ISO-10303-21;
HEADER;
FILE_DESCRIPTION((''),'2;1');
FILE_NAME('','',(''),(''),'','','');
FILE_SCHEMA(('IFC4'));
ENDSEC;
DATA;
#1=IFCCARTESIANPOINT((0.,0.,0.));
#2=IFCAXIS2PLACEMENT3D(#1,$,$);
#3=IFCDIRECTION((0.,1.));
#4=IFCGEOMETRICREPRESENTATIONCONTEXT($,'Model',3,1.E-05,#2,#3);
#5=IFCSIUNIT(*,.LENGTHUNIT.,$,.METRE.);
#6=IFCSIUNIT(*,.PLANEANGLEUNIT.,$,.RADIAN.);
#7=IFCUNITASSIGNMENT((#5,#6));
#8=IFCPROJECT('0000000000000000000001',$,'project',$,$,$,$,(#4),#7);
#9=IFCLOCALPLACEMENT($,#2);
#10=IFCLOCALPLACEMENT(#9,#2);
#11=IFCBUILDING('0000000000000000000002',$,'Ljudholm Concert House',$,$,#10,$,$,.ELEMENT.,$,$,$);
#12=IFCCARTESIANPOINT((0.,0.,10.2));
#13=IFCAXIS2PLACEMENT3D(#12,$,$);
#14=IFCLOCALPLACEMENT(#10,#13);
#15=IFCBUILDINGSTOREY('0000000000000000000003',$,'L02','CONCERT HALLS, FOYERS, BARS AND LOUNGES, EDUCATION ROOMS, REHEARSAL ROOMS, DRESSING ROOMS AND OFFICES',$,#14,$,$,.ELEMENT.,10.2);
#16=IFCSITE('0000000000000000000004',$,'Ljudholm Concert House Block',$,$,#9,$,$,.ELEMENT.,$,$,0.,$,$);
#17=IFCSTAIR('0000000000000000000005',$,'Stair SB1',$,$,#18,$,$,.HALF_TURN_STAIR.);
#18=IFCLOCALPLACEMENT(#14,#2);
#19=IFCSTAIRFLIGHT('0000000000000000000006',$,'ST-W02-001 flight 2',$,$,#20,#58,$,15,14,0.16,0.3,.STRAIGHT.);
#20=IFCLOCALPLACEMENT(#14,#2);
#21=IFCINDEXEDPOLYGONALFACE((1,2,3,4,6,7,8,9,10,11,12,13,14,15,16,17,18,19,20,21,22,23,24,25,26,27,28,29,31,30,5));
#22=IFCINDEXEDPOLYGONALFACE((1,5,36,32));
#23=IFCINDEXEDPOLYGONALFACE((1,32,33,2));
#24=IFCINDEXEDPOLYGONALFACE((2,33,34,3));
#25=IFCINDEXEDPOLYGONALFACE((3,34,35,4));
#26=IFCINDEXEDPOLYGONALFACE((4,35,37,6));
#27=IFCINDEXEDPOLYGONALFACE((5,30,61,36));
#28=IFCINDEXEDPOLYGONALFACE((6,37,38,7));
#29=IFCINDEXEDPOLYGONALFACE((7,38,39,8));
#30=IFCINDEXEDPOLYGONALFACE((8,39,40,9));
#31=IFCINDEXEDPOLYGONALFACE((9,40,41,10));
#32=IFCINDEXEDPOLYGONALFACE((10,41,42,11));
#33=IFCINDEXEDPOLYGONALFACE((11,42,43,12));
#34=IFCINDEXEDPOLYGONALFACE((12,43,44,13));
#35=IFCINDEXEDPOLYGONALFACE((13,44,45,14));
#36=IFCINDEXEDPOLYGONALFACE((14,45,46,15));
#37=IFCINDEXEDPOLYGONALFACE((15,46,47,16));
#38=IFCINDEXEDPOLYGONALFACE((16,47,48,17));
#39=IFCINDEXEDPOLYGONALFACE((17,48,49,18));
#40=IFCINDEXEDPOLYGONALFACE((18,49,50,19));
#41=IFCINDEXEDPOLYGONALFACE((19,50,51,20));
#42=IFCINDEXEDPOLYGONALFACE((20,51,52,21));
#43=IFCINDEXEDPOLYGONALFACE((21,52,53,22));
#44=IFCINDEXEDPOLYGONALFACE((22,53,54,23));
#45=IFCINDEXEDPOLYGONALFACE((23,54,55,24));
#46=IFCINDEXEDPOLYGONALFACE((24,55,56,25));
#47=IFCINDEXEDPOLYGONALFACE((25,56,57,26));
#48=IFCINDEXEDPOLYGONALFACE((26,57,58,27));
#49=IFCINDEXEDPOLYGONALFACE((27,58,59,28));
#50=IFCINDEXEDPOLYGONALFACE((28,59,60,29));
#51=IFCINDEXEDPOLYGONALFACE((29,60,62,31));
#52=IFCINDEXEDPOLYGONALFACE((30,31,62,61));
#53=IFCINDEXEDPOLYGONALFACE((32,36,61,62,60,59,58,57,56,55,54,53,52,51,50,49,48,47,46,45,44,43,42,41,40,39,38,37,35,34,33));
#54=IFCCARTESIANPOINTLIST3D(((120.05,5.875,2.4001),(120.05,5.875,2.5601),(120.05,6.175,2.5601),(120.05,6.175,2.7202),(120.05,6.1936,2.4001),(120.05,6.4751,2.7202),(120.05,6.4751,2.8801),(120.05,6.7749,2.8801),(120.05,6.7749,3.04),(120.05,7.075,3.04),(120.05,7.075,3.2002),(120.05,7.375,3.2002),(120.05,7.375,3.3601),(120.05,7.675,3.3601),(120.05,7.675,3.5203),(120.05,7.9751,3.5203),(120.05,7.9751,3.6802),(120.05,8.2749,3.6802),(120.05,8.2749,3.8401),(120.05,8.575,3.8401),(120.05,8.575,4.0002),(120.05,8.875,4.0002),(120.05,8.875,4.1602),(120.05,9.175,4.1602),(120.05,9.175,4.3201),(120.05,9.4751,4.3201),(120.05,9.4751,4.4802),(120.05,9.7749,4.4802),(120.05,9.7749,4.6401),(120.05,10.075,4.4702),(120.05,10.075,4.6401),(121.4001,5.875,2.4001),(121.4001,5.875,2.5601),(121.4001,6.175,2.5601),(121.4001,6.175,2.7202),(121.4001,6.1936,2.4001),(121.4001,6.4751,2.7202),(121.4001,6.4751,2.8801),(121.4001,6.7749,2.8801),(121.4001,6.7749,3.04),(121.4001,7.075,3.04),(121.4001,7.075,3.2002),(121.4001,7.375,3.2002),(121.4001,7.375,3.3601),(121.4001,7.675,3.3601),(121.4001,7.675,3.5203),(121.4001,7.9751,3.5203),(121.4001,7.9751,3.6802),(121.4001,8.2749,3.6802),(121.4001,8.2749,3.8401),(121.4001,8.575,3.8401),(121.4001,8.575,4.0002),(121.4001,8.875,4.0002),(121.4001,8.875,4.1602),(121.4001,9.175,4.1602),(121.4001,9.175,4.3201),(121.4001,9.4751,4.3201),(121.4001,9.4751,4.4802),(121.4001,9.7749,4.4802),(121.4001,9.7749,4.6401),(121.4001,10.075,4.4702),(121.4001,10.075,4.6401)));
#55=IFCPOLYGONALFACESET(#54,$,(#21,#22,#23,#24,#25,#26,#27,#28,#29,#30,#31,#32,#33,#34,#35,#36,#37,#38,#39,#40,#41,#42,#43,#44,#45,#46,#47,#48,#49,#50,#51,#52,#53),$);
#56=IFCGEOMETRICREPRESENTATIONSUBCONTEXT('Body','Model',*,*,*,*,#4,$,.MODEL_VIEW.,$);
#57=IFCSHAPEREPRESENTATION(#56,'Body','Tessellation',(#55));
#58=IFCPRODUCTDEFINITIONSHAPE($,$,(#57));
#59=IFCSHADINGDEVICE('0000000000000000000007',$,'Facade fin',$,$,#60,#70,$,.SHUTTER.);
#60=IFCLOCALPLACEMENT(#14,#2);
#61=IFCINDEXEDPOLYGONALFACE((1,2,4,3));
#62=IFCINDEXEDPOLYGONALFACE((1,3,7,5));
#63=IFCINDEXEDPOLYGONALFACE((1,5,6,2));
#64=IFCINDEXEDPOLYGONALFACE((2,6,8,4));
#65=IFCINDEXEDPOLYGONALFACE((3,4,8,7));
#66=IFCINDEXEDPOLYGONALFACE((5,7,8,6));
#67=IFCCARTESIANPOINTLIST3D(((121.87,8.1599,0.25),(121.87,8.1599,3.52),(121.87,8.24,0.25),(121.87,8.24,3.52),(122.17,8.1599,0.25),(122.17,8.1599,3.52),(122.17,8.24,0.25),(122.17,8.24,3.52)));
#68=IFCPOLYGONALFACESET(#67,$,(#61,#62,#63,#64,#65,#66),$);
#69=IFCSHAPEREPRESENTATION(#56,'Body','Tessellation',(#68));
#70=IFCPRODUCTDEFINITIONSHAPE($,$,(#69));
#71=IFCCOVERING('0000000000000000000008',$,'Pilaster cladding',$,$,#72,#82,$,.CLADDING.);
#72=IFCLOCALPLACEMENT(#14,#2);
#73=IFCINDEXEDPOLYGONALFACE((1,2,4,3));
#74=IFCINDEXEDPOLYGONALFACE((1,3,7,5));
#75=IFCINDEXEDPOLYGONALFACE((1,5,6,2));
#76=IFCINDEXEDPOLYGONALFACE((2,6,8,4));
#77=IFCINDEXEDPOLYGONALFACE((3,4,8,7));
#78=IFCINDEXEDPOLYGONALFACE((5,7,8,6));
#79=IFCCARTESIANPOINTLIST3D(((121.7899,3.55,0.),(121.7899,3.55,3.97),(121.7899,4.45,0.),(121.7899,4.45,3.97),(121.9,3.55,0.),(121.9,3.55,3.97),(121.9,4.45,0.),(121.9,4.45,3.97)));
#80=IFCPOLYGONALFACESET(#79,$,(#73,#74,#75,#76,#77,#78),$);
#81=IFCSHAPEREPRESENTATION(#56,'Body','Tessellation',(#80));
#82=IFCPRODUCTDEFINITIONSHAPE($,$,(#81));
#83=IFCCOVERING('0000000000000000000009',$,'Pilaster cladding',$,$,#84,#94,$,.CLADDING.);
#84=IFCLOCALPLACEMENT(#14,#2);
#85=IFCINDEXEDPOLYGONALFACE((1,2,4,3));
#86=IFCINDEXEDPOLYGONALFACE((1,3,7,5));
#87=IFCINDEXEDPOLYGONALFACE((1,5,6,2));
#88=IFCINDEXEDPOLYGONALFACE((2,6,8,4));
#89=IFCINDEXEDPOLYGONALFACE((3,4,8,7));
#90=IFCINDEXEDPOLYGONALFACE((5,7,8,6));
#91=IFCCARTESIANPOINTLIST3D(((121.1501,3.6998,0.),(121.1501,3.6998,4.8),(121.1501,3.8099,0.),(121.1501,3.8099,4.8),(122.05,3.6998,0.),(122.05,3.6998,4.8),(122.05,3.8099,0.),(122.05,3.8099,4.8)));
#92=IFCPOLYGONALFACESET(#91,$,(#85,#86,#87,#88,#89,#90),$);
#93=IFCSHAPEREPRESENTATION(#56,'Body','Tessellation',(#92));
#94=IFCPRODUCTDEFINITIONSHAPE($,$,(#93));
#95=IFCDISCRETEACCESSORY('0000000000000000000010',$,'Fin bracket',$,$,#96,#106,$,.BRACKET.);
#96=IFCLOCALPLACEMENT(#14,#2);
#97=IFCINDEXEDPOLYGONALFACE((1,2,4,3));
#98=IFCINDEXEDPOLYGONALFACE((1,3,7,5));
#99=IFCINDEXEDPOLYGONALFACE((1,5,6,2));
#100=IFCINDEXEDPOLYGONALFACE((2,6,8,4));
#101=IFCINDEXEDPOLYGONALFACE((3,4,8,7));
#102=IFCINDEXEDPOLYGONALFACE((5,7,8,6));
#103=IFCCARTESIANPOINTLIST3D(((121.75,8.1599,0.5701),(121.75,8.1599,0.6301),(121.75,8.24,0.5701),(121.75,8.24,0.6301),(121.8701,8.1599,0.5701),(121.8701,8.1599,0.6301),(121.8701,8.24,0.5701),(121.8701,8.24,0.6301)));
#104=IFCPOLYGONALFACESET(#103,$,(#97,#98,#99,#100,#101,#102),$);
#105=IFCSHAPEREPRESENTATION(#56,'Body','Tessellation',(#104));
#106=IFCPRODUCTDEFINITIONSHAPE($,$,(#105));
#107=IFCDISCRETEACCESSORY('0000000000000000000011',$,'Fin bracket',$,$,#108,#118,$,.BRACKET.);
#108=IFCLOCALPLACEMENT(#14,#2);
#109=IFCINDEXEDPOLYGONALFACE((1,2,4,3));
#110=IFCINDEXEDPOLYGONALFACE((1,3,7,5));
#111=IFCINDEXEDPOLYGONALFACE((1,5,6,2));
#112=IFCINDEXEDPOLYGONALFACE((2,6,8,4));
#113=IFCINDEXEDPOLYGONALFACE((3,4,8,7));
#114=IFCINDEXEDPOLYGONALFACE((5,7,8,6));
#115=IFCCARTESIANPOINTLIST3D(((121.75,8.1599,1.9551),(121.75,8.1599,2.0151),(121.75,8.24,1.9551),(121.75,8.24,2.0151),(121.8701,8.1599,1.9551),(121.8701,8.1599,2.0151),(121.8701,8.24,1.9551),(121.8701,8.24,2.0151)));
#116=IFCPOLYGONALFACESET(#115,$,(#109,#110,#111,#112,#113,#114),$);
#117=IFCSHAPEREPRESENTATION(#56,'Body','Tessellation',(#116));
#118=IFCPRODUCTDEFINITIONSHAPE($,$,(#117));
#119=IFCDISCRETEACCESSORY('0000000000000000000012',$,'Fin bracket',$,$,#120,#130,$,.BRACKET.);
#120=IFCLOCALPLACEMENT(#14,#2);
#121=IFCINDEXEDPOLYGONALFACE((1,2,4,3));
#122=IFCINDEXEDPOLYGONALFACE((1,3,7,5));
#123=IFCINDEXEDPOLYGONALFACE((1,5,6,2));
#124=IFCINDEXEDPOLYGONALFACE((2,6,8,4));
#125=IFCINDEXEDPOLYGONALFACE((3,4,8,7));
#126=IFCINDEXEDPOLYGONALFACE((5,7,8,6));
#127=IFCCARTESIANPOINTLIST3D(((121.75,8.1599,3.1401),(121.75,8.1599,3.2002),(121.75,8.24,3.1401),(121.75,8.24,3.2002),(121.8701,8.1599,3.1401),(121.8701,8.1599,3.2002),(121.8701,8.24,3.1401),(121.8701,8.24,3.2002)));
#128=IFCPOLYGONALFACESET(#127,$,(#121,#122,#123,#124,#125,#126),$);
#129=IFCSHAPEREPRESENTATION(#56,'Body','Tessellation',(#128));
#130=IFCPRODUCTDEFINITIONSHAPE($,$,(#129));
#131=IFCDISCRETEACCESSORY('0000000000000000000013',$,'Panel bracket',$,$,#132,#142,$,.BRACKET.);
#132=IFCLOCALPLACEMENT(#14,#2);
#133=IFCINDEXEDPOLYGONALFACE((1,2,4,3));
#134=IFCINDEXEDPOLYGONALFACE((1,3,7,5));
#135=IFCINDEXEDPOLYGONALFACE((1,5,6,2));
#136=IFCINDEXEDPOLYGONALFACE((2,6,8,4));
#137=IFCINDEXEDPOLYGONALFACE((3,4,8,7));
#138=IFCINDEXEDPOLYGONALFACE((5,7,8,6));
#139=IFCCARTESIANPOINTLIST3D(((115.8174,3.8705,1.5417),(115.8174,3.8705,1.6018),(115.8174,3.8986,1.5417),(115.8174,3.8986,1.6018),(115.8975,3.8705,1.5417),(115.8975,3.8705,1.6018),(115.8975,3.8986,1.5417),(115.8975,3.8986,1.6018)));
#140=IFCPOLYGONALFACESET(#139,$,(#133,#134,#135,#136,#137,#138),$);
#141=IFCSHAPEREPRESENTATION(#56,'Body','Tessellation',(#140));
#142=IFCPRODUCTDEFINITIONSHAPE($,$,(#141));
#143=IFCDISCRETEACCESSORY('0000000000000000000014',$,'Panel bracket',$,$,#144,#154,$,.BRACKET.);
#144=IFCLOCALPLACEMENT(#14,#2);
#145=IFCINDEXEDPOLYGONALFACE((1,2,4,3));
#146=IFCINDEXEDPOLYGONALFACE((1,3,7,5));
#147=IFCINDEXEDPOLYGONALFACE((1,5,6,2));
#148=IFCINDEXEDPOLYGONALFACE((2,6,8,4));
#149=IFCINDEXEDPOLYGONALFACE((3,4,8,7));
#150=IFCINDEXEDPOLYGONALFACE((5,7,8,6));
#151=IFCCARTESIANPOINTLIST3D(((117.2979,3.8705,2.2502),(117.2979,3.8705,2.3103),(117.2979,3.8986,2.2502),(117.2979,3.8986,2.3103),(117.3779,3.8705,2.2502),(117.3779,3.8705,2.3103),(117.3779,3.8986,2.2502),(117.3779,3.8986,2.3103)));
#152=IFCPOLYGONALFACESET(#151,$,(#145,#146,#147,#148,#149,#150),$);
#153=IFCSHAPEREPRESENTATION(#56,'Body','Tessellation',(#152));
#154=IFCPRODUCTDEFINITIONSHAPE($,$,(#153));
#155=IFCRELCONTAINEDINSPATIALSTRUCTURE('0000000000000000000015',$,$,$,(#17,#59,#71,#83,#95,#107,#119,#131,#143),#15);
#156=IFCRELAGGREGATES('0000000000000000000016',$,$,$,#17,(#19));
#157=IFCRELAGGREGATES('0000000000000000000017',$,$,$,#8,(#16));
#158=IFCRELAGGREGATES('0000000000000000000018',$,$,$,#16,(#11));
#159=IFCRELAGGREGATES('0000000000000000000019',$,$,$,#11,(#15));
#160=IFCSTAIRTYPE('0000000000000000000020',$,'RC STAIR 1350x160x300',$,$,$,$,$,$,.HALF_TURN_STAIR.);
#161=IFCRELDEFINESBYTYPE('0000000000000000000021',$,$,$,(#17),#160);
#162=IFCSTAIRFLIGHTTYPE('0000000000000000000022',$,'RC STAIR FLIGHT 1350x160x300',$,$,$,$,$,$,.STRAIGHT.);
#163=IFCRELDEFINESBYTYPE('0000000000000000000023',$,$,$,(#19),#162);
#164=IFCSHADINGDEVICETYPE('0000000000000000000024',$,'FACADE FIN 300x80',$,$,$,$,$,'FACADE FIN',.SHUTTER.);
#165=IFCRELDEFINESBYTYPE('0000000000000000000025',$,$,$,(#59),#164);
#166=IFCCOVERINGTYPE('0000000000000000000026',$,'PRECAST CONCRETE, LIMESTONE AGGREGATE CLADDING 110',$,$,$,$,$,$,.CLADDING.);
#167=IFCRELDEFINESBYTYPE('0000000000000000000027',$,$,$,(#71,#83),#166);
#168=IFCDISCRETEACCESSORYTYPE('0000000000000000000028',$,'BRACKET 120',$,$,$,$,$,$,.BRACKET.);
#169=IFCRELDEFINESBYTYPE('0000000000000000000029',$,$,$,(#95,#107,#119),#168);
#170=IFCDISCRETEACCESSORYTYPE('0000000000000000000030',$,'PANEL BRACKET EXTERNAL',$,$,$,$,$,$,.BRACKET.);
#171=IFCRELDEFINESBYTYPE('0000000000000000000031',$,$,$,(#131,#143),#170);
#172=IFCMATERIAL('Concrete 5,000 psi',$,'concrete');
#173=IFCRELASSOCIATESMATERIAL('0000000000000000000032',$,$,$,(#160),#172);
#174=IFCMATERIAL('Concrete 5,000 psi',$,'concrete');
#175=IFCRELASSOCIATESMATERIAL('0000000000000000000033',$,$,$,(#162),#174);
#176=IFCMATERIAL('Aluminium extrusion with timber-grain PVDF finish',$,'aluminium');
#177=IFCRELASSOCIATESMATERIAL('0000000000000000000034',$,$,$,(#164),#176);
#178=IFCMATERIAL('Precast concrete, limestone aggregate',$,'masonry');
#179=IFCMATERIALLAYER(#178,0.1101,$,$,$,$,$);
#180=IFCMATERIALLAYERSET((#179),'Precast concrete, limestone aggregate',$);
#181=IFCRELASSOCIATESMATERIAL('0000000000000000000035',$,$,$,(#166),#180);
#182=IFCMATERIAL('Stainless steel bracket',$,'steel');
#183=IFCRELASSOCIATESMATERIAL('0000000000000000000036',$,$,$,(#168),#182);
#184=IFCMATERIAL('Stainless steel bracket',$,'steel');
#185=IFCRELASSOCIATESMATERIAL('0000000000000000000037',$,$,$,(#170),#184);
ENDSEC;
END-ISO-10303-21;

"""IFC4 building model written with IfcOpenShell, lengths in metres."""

from ifc_helpers import new_model, si_unit, direction, frame, origin, origin_2d, place, context, subcontext, project, spatial, polyline, rectangle, outline, extrude, material, layer, layer_set, type_object, element, aggregate, save


model = new_model("IFC4")

# Units and contexts
model_context = context("Model", 3, precision=1e-05, world=origin(), true_north=direction((0.0, 1.0)))
body_context = subcontext(model_context, "Body", "Model", "MODEL_VIEW")
ifc_project = project(units=[si_unit("LENGTHUNIT", "METRE"), si_unit("PLANEANGLEUNIT", "RADIAN")], contexts=[model_context])

# Site, building, storey
site_placement = place(None, origin())
site = spatial("IfcSite", under=ifc_project, at=site_placement, Name="Ljudholm Concert House Block", CompositionType="ELEMENT", RefElevation=0.0)
building_placement = place(site_placement, origin())
building = spatial("IfcBuilding", under=site, at=building_placement, Name="Ljudholm Concert House", CompositionType="ELEMENT")
storey_placement = place(building_placement, frame((0.0, 0.0, 10.2)))
storey = spatial("IfcBuildingStorey", under=building, at=storey_placement, Name="L02", Description="CONCERT HALLS, FOYERS, BARS AND LOUNGES, EDUCATION ROOMS, REHEARSAL ROOMS, DRESSING ROOMS AND OFFICES", CompositionType="ELEMENT", Elevation=10.2)

# Stair, stair flight
ifc_material_1 = material(Name="Concrete 5,000 psi", Category="concrete")
stair_type = type_object("IfcStairType", Name="RC STAIR 1350x160x300", PredefinedType="HALF_TURN_STAIR", material=ifc_material_1)
stair_placement = place(storey_placement, origin())
stair = element("IfcStair", 1, at=stair_placement, inside=storey, type_object=stair_type, Name="Stair SB1", PredefinedType="HALF_TURN_STAIR")
ifc_material_2 = material(Name="Concrete 5,000 psi", Category="concrete")
stair_flight_type = type_object("IfcStairFlightType", Name="RC STAIR FLIGHT 1350x160x300", PredefinedType="STRAIGHT", material=ifc_material_2)
stair_flight_1_placement = place(storey_placement, frame((120.7251, 5.875, 2.4001), z_axis=(0.0, 0.0, 1.0), x_axis=(0.0, 1.0, 0.0)))
stair_flight_1 = element("IfcStairFlight", 2, at=stair_flight_1_placement, type_object=stair_flight_type, Name="ST-W02-001 flight 2", NumberOfRisers=15, NumberOfTreads=14, PredefinedType="STRAIGHT", RiserHeight=0.16, TreadLength=0.3, context=body_context, shape_type="SweptSolid", body=[
    extrude(outline(polyline([(0.0, 0.0), (0.0, 0.1599), (0.3, 0.1599), (0.3, 0.3201), (0.6001, 0.3201), (0.6001, 0.48), (0.8999, 0.48), (0.8999, 0.6399), (1.2, 0.6399), (1.2, 0.8), (1.5, 0.8), (1.5, 0.96), (1.8, 0.96), (1.8, 1.1201), (2.1001, 1.1201), (2.1001, 1.28), (2.3999, 1.28), (2.3999, 1.4399), (2.7, 1.4399), (2.7, 1.6001), (3.0, 1.6001), (3.0, 1.76), (3.3, 1.76), (3.3, 1.9199), (3.6001, 1.9199), (3.6001, 2.0801), (3.8999, 2.0801), (3.8999, 2.24), (4.2, 2.24), (4.2, 2.3999), (4.2, 2.0701), (0.3186, 0.0), (0.0, 0.0)])), frame((0.0, 0.675, 0.0), z_axis=(0.0, -1.0, 0.0), x_axis=(1.0, 0.0, 0.0)), (0.0, 0.0, 1.0), 1.3501),
])
aggregate(stair, [stair_flight_1])

# Shading device
ifc_material_3 = material(Name="Aluminium extrusion with timber-grain PVDF finish", Category="aluminium")
shading_device_type = type_object("IfcShadingDeviceType", Name="FACADE FIN 300x80", ElementType="FACADE FIN", PredefinedType="SHUTTER", material=ifc_material_3)
shading_device_placement = place(storey_placement, frame((122.02, 8.2, 0.25), z_axis=(0.0, 0.0, 1.0), x_axis=(1.0, 0.0, 0.0)))
element("IfcShadingDevice", 3, at=shading_device_placement, inside=storey, type_object=shading_device_type, Name="Facade fin", PredefinedType="SHUTTER", context=body_context, shape_type="SweptSolid", body=[
    extrude(rectangle(XDim=0.3, YDim=0.0801, at=origin_2d()), origin(), (0.0, 0.0, 1.0), 3.27),
])

# Coverings
ifc_material_4 = material(Name="Precast concrete, limestone aggregate", Category="masonry")
ifc_layer_1 = layer(ifc_material_4, 0.1101)
ifc_layer_set_1 = layer_set([ifc_layer_1], Name="Precast concrete, limestone aggregate")
covering_type = type_object("IfcCoveringType", Name="PRECAST CONCRETE, LIMESTONE AGGREGATE CLADDING 110", PredefinedType="CLADDING", material=ifc_layer_set_1)
covering_1_placement = place(storey_placement, frame((121.845, 4.0, 0.0), z_axis=(0.0, 0.0, 1.0), x_axis=(1.0, 0.0, 0.0)))
element("IfcCovering", 4, at=covering_1_placement, inside=storey, type_object=covering_type, Name="Pilaster cladding", PredefinedType="CLADDING", context=body_context, shape_type="SweptSolid", body=[
    extrude(rectangle(XDim=0.1101, YDim=0.8999, at=origin_2d()), origin(), (0.0, 0.0, 1.0), 3.97),
])
covering_2_placement = place(storey_placement, frame((121.6001, 3.7549, 0.0), z_axis=(0.0, 0.0, 1.0), x_axis=(0.0, -1.0, 0.0)))
element("IfcCovering", 5, at=covering_2_placement, inside=storey, type_object=covering_type, Name="Pilaster cladding", PredefinedType="CLADDING", context=body_context, shape_type="SweptSolid", body=[
    extrude(rectangle(XDim=0.1101, YDim=0.8999, at=origin_2d()), origin(), (0.0, 0.0, 1.0), 4.8),
])

# Discrete accessories
ifc_material_5 = material(Name="Stainless steel bracket", Category="steel")
discrete_accessory_type_1 = type_object("IfcDiscreteAccessoryType", Name="BRACKET 120", PredefinedType="BRACKET", material=ifc_material_5)
for number, where, z_axis, x_axis, name in (
    (6, (121.8101, 8.2, 0.5701), (0.0, 0.0, 1.0), (1.0, 0.0, 0.0), "Fin bracket"),
    (7, (121.8101, 8.2, 1.9551), (0.0, 0.0, 1.0), (1.0, 0.0, 0.0), "Fin bracket"),
    (8, (121.8101, 8.2, 3.1401), (0.0, 0.0, 1.0), (1.0, 0.0, 0.0), "Fin bracket"),
):
    element("IfcDiscreteAccessory", number, at=place(storey_placement, frame(where, z_axis=z_axis, x_axis=x_axis)), inside=storey, type_object=discrete_accessory_type_1, Name=name, PredefinedType="BRACKET", context=body_context, shape_type="SweptSolid", body=[
        extrude(rectangle(XDim=0.1201, YDim=0.0801, at=origin_2d()), origin(), (0.0, 0.0, 1.0), 0.0601),
    ])
ifc_material_6 = material(Name="Stainless steel bracket", Category="steel")
discrete_accessory_type_2 = type_object("IfcDiscreteAccessoryType", Name="PANEL BRACKET EXTERNAL", PredefinedType="BRACKET", material=ifc_material_6)
for number, where, z_axis, x_axis, name in (
    (9, (115.8574, 3.8845, 1.5417), (0.0, 0.0, 1.0), (0.0, -1.0, 0.0), "Panel bracket"),
    (10, (117.3379, 3.8845, 2.2502), (0.0, 0.0, 1.0), (0.0, -1.0, 0.0), "Panel bracket"),
):
    element("IfcDiscreteAccessory", number, at=place(storey_placement, frame(where, z_axis=z_axis, x_axis=x_axis)), inside=storey, type_object=discrete_accessory_type_2, Name=name, PredefinedType="BRACKET", context=body_context, shape_type="SweptSolid", body=[
        extrude(rectangle(XDim=0.0281, YDim=0.0801, at=origin_2d()), origin(), (0.0, 0.0, 1.0), 0.0601),
    ])

save(model, "model.ifc")
